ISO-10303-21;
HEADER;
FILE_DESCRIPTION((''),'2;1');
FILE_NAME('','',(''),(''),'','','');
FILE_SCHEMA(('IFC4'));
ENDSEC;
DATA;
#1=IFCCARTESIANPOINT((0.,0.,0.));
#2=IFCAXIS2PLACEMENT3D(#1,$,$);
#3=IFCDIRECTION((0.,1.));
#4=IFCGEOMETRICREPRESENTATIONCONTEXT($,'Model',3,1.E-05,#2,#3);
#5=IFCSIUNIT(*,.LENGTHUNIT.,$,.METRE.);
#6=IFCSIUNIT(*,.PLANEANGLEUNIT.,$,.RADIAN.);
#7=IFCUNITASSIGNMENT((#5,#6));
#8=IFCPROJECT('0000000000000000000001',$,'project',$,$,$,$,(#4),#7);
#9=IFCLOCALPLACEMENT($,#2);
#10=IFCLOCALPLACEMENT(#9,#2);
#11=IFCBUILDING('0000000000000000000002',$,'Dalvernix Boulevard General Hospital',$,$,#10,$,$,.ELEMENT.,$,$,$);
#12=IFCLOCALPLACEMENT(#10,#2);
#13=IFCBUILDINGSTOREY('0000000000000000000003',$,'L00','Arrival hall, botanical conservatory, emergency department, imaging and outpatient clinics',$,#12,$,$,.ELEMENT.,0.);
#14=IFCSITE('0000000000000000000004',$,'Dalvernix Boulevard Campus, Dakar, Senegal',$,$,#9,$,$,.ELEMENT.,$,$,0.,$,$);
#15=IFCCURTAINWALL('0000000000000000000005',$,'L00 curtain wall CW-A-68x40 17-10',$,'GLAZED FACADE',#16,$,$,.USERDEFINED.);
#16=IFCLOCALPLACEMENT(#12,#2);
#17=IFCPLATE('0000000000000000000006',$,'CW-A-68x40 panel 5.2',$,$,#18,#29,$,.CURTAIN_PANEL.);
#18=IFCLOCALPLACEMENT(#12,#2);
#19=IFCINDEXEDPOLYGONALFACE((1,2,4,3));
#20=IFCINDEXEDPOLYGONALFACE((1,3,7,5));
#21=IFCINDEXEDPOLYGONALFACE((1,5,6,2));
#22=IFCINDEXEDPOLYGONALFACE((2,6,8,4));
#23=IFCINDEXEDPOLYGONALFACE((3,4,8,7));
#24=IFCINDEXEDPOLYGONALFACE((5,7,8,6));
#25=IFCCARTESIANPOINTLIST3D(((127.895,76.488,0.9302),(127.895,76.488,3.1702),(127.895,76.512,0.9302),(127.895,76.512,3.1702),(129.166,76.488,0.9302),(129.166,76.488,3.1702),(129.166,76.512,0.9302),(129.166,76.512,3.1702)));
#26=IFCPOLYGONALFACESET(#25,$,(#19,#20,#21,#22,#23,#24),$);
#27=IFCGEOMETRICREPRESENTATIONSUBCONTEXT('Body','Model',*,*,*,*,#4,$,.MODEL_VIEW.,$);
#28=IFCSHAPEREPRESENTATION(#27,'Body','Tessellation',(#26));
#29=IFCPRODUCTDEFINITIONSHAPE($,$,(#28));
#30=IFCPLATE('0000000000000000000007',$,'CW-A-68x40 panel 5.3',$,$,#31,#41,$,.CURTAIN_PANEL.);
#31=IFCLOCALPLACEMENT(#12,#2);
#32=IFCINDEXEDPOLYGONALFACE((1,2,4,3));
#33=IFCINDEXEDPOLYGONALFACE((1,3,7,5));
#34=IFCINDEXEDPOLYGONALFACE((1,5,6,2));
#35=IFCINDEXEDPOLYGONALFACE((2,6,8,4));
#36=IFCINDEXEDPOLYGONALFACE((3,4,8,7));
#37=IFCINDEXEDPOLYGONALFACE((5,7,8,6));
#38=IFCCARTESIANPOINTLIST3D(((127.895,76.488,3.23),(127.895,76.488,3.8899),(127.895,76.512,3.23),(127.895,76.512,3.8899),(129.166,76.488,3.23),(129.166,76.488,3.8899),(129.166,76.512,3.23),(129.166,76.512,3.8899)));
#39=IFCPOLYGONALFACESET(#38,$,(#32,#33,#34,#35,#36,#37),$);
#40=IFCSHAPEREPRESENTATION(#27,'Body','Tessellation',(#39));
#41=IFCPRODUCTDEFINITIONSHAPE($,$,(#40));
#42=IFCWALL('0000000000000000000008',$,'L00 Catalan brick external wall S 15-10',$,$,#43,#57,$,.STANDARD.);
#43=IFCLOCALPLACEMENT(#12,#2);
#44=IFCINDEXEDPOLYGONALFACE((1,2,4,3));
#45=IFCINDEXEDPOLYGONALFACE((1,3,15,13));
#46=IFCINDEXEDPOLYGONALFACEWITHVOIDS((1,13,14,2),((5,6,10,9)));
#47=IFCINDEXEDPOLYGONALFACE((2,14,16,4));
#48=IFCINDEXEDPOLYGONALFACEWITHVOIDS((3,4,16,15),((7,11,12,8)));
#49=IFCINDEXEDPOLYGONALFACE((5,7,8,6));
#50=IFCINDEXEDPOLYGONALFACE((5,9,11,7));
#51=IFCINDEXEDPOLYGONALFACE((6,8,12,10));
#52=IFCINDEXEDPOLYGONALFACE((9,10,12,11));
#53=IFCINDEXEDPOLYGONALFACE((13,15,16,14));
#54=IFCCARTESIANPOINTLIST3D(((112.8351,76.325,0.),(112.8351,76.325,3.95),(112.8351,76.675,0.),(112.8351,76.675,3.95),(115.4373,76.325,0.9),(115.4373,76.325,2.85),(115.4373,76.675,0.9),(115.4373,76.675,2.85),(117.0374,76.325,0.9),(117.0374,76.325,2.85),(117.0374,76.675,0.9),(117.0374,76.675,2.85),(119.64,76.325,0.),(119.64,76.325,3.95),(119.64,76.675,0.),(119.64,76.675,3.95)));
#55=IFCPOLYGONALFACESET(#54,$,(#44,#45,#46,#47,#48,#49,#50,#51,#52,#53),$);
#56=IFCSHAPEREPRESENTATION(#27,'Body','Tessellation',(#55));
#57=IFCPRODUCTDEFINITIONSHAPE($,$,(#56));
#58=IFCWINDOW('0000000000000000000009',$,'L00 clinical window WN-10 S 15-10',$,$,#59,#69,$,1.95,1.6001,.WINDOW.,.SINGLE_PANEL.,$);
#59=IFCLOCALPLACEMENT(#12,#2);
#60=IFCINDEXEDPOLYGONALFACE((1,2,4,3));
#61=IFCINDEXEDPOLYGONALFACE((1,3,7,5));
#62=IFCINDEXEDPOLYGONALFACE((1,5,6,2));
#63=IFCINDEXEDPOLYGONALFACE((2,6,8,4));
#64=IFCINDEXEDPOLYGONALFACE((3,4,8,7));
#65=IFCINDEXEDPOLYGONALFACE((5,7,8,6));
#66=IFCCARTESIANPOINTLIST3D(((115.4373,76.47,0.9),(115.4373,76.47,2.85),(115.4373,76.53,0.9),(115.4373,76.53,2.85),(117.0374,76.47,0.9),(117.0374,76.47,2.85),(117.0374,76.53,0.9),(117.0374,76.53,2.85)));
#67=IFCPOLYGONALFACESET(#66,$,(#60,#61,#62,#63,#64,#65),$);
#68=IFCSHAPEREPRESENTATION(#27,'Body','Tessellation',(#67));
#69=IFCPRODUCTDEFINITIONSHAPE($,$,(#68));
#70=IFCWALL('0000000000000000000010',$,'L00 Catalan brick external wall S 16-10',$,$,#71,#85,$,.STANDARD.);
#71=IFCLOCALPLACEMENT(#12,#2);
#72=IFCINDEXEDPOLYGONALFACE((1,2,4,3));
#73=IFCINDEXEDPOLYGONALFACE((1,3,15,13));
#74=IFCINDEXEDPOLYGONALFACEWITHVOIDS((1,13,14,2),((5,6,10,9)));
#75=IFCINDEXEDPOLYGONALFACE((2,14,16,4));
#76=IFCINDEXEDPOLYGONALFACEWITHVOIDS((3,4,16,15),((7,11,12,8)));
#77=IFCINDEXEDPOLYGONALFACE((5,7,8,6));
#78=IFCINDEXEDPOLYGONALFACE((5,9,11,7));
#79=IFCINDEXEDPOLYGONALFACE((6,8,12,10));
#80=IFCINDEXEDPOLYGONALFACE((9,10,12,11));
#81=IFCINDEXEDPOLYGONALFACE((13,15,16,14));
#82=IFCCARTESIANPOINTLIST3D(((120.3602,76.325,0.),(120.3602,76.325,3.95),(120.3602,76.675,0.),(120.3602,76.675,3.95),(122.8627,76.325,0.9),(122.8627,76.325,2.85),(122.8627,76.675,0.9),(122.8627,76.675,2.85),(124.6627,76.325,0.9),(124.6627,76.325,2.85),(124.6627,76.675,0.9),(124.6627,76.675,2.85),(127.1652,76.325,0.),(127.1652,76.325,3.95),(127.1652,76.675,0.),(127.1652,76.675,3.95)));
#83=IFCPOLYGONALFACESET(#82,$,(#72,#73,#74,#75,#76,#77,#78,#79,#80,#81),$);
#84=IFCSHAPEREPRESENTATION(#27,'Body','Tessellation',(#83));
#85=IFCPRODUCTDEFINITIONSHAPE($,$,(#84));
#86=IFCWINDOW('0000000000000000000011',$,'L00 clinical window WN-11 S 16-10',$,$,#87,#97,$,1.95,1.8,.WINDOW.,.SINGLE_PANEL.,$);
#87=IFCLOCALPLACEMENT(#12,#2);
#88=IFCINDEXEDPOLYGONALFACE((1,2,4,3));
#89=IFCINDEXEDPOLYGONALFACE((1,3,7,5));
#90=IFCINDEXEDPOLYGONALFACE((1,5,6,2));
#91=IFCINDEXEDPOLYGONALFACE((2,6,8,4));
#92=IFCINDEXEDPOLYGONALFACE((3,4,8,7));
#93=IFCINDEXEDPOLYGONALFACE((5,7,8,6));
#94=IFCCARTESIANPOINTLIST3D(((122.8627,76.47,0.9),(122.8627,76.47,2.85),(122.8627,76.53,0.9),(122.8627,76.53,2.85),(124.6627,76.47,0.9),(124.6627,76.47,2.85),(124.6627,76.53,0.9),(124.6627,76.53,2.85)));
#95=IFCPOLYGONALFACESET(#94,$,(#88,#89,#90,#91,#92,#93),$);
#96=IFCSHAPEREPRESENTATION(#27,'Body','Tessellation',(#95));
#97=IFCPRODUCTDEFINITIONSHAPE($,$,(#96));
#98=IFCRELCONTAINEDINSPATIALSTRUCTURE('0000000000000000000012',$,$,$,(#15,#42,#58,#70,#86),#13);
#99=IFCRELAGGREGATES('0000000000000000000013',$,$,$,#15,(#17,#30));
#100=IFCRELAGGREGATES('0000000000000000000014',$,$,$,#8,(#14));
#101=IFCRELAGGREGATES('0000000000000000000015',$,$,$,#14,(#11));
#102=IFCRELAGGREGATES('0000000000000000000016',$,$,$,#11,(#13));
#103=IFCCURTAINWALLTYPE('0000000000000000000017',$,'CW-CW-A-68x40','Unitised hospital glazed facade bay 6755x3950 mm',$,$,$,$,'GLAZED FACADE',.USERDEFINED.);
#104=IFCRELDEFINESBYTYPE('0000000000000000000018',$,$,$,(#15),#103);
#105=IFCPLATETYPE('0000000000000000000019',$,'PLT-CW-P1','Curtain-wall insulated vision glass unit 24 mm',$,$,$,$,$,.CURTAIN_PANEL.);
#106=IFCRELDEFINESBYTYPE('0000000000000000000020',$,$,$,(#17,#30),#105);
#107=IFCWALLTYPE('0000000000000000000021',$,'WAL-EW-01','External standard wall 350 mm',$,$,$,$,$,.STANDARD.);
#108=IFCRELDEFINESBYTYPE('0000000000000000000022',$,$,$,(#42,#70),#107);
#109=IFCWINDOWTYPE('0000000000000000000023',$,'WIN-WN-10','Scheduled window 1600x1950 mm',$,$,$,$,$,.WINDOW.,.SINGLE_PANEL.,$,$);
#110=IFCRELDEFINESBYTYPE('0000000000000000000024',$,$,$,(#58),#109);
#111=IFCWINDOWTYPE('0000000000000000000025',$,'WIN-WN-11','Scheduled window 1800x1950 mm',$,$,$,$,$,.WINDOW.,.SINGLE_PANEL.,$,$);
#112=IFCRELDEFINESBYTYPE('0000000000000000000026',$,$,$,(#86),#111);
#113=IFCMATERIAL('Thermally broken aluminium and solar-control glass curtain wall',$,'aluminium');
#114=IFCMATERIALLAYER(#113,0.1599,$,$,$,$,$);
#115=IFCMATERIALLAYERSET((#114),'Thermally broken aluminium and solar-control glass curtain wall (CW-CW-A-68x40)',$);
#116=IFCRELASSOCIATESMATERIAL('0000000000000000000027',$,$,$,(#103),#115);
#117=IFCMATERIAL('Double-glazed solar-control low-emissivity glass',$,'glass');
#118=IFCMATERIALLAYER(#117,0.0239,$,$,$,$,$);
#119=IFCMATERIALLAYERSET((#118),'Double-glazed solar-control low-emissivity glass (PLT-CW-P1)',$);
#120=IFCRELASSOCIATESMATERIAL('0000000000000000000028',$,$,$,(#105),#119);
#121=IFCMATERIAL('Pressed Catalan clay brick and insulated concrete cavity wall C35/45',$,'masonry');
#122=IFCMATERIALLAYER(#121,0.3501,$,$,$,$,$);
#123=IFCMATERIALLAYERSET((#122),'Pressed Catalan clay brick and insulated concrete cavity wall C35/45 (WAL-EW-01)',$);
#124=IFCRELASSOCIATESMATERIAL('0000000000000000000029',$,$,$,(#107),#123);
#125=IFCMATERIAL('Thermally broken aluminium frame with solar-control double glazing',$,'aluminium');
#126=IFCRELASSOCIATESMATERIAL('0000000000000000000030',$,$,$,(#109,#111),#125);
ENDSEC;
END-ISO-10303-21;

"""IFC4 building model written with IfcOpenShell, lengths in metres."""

from ifc_helpers import new_model, si_unit, direction, frame, frame_2d, origin, origin_2d, place, context, subcontext, project, spatial, rectangle, extrude, material, layer, layer_set, type_object, element, fill, aggregate, save


model = new_model("IFC4")

# Units and contexts
model_context = context("Model", 3, precision=1e-05, world=origin(), true_north=direction((0.0, 1.0)))
body_context = subcontext(model_context, "Body", "Model", "MODEL_VIEW")
ifc_project = project(units=[si_unit("LENGTHUNIT", "METRE"), si_unit("PLANEANGLEUNIT", "RADIAN")], contexts=[model_context])

# Site, building, storey
site_placement = place(None, origin())
site = spatial("IfcSite", under=ifc_project, at=site_placement, Name="Dalvernix Boulevard Campus, Dakar, Senegal", CompositionType="ELEMENT", RefElevation=0.0)
building_placement = place(site_placement, origin())
building = spatial("IfcBuilding", under=site, at=building_placement, Name="Dalvernix Boulevard General Hospital", CompositionType="ELEMENT")
storey_placement = place(building_placement, origin())
storey = spatial("IfcBuildingStorey", under=building, at=storey_placement, Name="L00", Description="Arrival hall, botanical conservatory, emergency department, imaging and outpatient clinics", CompositionType="ELEMENT", Elevation=0.0)

# Curtain wall, plates
ifc_material_1 = material(Name="Thermally broken aluminium and solar-control glass curtain wall", Category="aluminium")
ifc_layer_1 = layer(ifc_material_1, 0.1599)
ifc_layer_set_1 = layer_set([ifc_layer_1], Name="Thermally broken aluminium and solar-control glass curtain wall (CW-CW-A-68x40)")
curtain_wall_type = type_object("IfcCurtainWallType", Name="CW-CW-A-68x40", Description="Unitised hospital glazed facade bay 6755x3950 mm", ElementType="GLAZED FACADE", PredefinedType="USERDEFINED", material=ifc_layer_set_1)
curtain_wall_placement = place(storey_placement, origin())
curtain_wall = element("IfcCurtainWall", 1, at=curtain_wall_placement, inside=storey, type_object=curtain_wall_type, Name="L00 curtain wall CW-A-68x40 17-10", ObjectType="GLAZED FACADE", PredefinedType="USERDEFINED")
ifc_material_2 = material(Name="Double-glazed solar-control low-emissivity glass", Category="glass")
ifc_layer_2 = layer(ifc_material_2, 0.0239)
ifc_layer_set_2 = layer_set([ifc_layer_2], Name="Double-glazed solar-control low-emissivity glass (PLT-CW-P1)")
plate_type = type_object("IfcPlateType", Name="PLT-CW-P1", Description="Curtain-wall insulated vision glass unit 24 mm", PredefinedType="CURTAIN_PANEL", material=ifc_layer_set_2)
plate_1_placement = place(storey_placement, frame((128.5305, 76.5, 0.9302), z_axis=(0.0, 0.0, 1.0), x_axis=(-1.0, 0.0, 0.0)))
plate_1 = element("IfcPlate", 2, at=plate_1_placement, type_object=plate_type, Name="CW-A-68x40 panel 5.2", PredefinedType="CURTAIN_PANEL", context=body_context, shape_type="SweptSolid", body=[
    extrude(rectangle(XDim=1.271, YDim=0.0239, at=origin_2d()), origin(), (0.0, 0.0, 1.0), 2.24),
])
plate_2_placement = place(storey_placement, frame((128.5305, 76.5, 3.23), z_axis=(0.0, 0.0, 1.0), x_axis=(-1.0, 0.0, 0.0)))
plate_2 = element("IfcPlate", 3, at=plate_2_placement, type_object=plate_type, Name="CW-A-68x40 panel 5.3", PredefinedType="CURTAIN_PANEL", context=body_context, shape_type="SweptSolid", body=[
    extrude(rectangle(XDim=1.271, YDim=0.0239, at=origin_2d()), origin(), (0.0, 0.0, 1.0), 0.6599),
])
aggregate(curtain_wall, [plate_1, plate_2])

# Walls, openings, windows
ifc_material_3 = material(Name="Pressed Catalan clay brick and insulated concrete cavity wall C35/45", Category="masonry")
ifc_layer_3 = layer(ifc_material_3, 0.3501)
ifc_layer_set_3 = layer_set([ifc_layer_3], Name="Pressed Catalan clay brick and insulated concrete cavity wall C35/45 (WAL-EW-01)")
wall_type = type_object("IfcWallType", Name="WAL-EW-01", Description="External standard wall 350 mm", PredefinedType="STANDARD", material=ifc_layer_set_3)
wall_1_placement = place(storey_placement, frame((119.6399, 76.5, 0.0), z_axis=(0.0, 0.0, 1.0), x_axis=(-1.0, 0.0, 0.0)))
wall_1 = element("IfcWall", 4, at=wall_1_placement, inside=storey, type_object=wall_type, Name="L00 Catalan brick external wall S 15-10", PredefinedType="STANDARD", context=body_context, shape_type="SweptSolid", body=[
    extrude(rectangle(XDim=6.8049, YDim=0.3501, at=frame_2d((3.4023, 0.0))), origin(), (0.0, 0.0, 1.0), 3.95),
])
opening_1_placement = place(wall_1_placement, frame((2.6025, 0.0, 0.8999)))
opening_1 = element("IfcOpeningElement", 5, at=opening_1_placement, cuts=wall_1, PredefinedType="OPENING", context=body_context, shape_type="SweptSolid", body=[
    extrude(rectangle(XDim=1.6001, YDim=1.95, at=frame_2d((0.8, 0.9751))), frame((0.0, 0.1851, 0.0), z_axis=(0.0, -1.0, 0.0), x_axis=(1.0, 0.0, 0.0)), (0.0, 0.0, 1.0), 0.3701),
])
ifc_material_4 = material(Name="Thermally broken aluminium frame with solar-control double glazing", Category="aluminium")
window_type_1 = type_object("IfcWindowType", Name="WIN-WN-10", Description="Scheduled window 1600x1950 mm", PartitioningType="SINGLE_PANEL", PredefinedType="WINDOW", material=ifc_material_4)
window_1_placement = place(opening_1_placement, origin())
window_1 = element("IfcWindow", 6, at=window_1_placement, inside=storey, type_object=window_type_1, Name="L00 clinical window WN-10 S 15-10", OverallHeight=1.95, OverallWidth=1.6001, PartitioningType="SINGLE_PANEL", PredefinedType="WINDOW", context=body_context, shape_type="SweptSolid", body=[
    extrude(rectangle(XDim=1.6001, YDim=1.95, at=frame_2d((0.8, 0.9751))), frame((0.0, 0.03, 0.0), z_axis=(0.0, -1.0, 0.0), x_axis=(1.0, 0.0, 0.0)), (0.0, 0.0, 1.0), 0.0601),
])
fill(opening_1, window_1)
wall_2_placement = place(storey_placement, frame((127.165, 76.5, 0.0), z_axis=(0.0, 0.0, 1.0), x_axis=(-1.0, 0.0, 0.0)))
wall_2 = element("IfcWall", 7, at=wall_2_placement, inside=storey, type_object=wall_type, Name="L00 Catalan brick external wall S 16-10", PredefinedType="STANDARD", context=body_context, shape_type="SweptSolid", body=[
    extrude(rectangle(XDim=6.8049, YDim=0.3501, at=frame_2d((3.4023, 0.0))), origin(), (0.0, 0.0, 1.0), 3.95),
])
opening_2_placement = place(wall_2_placement, frame((2.5024, 0.0, 0.8999)))
opening_2 = element("IfcOpeningElement", 8, at=opening_2_placement, cuts=wall_2, PredefinedType="OPENING", context=body_context, shape_type="SweptSolid", body=[
    extrude(rectangle(XDim=1.8, YDim=1.95, at=frame_2d((0.8999, 0.9751))), frame((0.0, 0.1851, 0.0), z_axis=(0.0, -1.0, 0.0), x_axis=(1.0, 0.0, 0.0)), (0.0, 0.0, 1.0), 0.3701),
])
window_type_2 = type_object("IfcWindowType", Name="WIN-WN-11", Description="Scheduled window 1800x1950 mm", PartitioningType="SINGLE_PANEL", PredefinedType="WINDOW", material=ifc_material_4)
window_2_placement = place(opening_2_placement, origin())
window_2 = element("IfcWindow", 9, at=window_2_placement, inside=storey, type_object=window_type_2, Name="L00 clinical window WN-11 S 16-10", OverallHeight=1.95, OverallWidth=1.8, PartitioningType="SINGLE_PANEL", PredefinedType="WINDOW", context=body_context, shape_type="SweptSolid", body=[
    extrude(rectangle(XDim=1.8, YDim=1.95, at=frame_2d((0.8999, 0.9751))), frame((0.0, 0.03, 0.0), z_axis=(0.0, -1.0, 0.0), x_axis=(1.0, 0.0, 0.0)), (0.0, 0.0, 1.0), 0.0601),
])
fill(opening_2, window_2)

save(model, "model.ifc")
